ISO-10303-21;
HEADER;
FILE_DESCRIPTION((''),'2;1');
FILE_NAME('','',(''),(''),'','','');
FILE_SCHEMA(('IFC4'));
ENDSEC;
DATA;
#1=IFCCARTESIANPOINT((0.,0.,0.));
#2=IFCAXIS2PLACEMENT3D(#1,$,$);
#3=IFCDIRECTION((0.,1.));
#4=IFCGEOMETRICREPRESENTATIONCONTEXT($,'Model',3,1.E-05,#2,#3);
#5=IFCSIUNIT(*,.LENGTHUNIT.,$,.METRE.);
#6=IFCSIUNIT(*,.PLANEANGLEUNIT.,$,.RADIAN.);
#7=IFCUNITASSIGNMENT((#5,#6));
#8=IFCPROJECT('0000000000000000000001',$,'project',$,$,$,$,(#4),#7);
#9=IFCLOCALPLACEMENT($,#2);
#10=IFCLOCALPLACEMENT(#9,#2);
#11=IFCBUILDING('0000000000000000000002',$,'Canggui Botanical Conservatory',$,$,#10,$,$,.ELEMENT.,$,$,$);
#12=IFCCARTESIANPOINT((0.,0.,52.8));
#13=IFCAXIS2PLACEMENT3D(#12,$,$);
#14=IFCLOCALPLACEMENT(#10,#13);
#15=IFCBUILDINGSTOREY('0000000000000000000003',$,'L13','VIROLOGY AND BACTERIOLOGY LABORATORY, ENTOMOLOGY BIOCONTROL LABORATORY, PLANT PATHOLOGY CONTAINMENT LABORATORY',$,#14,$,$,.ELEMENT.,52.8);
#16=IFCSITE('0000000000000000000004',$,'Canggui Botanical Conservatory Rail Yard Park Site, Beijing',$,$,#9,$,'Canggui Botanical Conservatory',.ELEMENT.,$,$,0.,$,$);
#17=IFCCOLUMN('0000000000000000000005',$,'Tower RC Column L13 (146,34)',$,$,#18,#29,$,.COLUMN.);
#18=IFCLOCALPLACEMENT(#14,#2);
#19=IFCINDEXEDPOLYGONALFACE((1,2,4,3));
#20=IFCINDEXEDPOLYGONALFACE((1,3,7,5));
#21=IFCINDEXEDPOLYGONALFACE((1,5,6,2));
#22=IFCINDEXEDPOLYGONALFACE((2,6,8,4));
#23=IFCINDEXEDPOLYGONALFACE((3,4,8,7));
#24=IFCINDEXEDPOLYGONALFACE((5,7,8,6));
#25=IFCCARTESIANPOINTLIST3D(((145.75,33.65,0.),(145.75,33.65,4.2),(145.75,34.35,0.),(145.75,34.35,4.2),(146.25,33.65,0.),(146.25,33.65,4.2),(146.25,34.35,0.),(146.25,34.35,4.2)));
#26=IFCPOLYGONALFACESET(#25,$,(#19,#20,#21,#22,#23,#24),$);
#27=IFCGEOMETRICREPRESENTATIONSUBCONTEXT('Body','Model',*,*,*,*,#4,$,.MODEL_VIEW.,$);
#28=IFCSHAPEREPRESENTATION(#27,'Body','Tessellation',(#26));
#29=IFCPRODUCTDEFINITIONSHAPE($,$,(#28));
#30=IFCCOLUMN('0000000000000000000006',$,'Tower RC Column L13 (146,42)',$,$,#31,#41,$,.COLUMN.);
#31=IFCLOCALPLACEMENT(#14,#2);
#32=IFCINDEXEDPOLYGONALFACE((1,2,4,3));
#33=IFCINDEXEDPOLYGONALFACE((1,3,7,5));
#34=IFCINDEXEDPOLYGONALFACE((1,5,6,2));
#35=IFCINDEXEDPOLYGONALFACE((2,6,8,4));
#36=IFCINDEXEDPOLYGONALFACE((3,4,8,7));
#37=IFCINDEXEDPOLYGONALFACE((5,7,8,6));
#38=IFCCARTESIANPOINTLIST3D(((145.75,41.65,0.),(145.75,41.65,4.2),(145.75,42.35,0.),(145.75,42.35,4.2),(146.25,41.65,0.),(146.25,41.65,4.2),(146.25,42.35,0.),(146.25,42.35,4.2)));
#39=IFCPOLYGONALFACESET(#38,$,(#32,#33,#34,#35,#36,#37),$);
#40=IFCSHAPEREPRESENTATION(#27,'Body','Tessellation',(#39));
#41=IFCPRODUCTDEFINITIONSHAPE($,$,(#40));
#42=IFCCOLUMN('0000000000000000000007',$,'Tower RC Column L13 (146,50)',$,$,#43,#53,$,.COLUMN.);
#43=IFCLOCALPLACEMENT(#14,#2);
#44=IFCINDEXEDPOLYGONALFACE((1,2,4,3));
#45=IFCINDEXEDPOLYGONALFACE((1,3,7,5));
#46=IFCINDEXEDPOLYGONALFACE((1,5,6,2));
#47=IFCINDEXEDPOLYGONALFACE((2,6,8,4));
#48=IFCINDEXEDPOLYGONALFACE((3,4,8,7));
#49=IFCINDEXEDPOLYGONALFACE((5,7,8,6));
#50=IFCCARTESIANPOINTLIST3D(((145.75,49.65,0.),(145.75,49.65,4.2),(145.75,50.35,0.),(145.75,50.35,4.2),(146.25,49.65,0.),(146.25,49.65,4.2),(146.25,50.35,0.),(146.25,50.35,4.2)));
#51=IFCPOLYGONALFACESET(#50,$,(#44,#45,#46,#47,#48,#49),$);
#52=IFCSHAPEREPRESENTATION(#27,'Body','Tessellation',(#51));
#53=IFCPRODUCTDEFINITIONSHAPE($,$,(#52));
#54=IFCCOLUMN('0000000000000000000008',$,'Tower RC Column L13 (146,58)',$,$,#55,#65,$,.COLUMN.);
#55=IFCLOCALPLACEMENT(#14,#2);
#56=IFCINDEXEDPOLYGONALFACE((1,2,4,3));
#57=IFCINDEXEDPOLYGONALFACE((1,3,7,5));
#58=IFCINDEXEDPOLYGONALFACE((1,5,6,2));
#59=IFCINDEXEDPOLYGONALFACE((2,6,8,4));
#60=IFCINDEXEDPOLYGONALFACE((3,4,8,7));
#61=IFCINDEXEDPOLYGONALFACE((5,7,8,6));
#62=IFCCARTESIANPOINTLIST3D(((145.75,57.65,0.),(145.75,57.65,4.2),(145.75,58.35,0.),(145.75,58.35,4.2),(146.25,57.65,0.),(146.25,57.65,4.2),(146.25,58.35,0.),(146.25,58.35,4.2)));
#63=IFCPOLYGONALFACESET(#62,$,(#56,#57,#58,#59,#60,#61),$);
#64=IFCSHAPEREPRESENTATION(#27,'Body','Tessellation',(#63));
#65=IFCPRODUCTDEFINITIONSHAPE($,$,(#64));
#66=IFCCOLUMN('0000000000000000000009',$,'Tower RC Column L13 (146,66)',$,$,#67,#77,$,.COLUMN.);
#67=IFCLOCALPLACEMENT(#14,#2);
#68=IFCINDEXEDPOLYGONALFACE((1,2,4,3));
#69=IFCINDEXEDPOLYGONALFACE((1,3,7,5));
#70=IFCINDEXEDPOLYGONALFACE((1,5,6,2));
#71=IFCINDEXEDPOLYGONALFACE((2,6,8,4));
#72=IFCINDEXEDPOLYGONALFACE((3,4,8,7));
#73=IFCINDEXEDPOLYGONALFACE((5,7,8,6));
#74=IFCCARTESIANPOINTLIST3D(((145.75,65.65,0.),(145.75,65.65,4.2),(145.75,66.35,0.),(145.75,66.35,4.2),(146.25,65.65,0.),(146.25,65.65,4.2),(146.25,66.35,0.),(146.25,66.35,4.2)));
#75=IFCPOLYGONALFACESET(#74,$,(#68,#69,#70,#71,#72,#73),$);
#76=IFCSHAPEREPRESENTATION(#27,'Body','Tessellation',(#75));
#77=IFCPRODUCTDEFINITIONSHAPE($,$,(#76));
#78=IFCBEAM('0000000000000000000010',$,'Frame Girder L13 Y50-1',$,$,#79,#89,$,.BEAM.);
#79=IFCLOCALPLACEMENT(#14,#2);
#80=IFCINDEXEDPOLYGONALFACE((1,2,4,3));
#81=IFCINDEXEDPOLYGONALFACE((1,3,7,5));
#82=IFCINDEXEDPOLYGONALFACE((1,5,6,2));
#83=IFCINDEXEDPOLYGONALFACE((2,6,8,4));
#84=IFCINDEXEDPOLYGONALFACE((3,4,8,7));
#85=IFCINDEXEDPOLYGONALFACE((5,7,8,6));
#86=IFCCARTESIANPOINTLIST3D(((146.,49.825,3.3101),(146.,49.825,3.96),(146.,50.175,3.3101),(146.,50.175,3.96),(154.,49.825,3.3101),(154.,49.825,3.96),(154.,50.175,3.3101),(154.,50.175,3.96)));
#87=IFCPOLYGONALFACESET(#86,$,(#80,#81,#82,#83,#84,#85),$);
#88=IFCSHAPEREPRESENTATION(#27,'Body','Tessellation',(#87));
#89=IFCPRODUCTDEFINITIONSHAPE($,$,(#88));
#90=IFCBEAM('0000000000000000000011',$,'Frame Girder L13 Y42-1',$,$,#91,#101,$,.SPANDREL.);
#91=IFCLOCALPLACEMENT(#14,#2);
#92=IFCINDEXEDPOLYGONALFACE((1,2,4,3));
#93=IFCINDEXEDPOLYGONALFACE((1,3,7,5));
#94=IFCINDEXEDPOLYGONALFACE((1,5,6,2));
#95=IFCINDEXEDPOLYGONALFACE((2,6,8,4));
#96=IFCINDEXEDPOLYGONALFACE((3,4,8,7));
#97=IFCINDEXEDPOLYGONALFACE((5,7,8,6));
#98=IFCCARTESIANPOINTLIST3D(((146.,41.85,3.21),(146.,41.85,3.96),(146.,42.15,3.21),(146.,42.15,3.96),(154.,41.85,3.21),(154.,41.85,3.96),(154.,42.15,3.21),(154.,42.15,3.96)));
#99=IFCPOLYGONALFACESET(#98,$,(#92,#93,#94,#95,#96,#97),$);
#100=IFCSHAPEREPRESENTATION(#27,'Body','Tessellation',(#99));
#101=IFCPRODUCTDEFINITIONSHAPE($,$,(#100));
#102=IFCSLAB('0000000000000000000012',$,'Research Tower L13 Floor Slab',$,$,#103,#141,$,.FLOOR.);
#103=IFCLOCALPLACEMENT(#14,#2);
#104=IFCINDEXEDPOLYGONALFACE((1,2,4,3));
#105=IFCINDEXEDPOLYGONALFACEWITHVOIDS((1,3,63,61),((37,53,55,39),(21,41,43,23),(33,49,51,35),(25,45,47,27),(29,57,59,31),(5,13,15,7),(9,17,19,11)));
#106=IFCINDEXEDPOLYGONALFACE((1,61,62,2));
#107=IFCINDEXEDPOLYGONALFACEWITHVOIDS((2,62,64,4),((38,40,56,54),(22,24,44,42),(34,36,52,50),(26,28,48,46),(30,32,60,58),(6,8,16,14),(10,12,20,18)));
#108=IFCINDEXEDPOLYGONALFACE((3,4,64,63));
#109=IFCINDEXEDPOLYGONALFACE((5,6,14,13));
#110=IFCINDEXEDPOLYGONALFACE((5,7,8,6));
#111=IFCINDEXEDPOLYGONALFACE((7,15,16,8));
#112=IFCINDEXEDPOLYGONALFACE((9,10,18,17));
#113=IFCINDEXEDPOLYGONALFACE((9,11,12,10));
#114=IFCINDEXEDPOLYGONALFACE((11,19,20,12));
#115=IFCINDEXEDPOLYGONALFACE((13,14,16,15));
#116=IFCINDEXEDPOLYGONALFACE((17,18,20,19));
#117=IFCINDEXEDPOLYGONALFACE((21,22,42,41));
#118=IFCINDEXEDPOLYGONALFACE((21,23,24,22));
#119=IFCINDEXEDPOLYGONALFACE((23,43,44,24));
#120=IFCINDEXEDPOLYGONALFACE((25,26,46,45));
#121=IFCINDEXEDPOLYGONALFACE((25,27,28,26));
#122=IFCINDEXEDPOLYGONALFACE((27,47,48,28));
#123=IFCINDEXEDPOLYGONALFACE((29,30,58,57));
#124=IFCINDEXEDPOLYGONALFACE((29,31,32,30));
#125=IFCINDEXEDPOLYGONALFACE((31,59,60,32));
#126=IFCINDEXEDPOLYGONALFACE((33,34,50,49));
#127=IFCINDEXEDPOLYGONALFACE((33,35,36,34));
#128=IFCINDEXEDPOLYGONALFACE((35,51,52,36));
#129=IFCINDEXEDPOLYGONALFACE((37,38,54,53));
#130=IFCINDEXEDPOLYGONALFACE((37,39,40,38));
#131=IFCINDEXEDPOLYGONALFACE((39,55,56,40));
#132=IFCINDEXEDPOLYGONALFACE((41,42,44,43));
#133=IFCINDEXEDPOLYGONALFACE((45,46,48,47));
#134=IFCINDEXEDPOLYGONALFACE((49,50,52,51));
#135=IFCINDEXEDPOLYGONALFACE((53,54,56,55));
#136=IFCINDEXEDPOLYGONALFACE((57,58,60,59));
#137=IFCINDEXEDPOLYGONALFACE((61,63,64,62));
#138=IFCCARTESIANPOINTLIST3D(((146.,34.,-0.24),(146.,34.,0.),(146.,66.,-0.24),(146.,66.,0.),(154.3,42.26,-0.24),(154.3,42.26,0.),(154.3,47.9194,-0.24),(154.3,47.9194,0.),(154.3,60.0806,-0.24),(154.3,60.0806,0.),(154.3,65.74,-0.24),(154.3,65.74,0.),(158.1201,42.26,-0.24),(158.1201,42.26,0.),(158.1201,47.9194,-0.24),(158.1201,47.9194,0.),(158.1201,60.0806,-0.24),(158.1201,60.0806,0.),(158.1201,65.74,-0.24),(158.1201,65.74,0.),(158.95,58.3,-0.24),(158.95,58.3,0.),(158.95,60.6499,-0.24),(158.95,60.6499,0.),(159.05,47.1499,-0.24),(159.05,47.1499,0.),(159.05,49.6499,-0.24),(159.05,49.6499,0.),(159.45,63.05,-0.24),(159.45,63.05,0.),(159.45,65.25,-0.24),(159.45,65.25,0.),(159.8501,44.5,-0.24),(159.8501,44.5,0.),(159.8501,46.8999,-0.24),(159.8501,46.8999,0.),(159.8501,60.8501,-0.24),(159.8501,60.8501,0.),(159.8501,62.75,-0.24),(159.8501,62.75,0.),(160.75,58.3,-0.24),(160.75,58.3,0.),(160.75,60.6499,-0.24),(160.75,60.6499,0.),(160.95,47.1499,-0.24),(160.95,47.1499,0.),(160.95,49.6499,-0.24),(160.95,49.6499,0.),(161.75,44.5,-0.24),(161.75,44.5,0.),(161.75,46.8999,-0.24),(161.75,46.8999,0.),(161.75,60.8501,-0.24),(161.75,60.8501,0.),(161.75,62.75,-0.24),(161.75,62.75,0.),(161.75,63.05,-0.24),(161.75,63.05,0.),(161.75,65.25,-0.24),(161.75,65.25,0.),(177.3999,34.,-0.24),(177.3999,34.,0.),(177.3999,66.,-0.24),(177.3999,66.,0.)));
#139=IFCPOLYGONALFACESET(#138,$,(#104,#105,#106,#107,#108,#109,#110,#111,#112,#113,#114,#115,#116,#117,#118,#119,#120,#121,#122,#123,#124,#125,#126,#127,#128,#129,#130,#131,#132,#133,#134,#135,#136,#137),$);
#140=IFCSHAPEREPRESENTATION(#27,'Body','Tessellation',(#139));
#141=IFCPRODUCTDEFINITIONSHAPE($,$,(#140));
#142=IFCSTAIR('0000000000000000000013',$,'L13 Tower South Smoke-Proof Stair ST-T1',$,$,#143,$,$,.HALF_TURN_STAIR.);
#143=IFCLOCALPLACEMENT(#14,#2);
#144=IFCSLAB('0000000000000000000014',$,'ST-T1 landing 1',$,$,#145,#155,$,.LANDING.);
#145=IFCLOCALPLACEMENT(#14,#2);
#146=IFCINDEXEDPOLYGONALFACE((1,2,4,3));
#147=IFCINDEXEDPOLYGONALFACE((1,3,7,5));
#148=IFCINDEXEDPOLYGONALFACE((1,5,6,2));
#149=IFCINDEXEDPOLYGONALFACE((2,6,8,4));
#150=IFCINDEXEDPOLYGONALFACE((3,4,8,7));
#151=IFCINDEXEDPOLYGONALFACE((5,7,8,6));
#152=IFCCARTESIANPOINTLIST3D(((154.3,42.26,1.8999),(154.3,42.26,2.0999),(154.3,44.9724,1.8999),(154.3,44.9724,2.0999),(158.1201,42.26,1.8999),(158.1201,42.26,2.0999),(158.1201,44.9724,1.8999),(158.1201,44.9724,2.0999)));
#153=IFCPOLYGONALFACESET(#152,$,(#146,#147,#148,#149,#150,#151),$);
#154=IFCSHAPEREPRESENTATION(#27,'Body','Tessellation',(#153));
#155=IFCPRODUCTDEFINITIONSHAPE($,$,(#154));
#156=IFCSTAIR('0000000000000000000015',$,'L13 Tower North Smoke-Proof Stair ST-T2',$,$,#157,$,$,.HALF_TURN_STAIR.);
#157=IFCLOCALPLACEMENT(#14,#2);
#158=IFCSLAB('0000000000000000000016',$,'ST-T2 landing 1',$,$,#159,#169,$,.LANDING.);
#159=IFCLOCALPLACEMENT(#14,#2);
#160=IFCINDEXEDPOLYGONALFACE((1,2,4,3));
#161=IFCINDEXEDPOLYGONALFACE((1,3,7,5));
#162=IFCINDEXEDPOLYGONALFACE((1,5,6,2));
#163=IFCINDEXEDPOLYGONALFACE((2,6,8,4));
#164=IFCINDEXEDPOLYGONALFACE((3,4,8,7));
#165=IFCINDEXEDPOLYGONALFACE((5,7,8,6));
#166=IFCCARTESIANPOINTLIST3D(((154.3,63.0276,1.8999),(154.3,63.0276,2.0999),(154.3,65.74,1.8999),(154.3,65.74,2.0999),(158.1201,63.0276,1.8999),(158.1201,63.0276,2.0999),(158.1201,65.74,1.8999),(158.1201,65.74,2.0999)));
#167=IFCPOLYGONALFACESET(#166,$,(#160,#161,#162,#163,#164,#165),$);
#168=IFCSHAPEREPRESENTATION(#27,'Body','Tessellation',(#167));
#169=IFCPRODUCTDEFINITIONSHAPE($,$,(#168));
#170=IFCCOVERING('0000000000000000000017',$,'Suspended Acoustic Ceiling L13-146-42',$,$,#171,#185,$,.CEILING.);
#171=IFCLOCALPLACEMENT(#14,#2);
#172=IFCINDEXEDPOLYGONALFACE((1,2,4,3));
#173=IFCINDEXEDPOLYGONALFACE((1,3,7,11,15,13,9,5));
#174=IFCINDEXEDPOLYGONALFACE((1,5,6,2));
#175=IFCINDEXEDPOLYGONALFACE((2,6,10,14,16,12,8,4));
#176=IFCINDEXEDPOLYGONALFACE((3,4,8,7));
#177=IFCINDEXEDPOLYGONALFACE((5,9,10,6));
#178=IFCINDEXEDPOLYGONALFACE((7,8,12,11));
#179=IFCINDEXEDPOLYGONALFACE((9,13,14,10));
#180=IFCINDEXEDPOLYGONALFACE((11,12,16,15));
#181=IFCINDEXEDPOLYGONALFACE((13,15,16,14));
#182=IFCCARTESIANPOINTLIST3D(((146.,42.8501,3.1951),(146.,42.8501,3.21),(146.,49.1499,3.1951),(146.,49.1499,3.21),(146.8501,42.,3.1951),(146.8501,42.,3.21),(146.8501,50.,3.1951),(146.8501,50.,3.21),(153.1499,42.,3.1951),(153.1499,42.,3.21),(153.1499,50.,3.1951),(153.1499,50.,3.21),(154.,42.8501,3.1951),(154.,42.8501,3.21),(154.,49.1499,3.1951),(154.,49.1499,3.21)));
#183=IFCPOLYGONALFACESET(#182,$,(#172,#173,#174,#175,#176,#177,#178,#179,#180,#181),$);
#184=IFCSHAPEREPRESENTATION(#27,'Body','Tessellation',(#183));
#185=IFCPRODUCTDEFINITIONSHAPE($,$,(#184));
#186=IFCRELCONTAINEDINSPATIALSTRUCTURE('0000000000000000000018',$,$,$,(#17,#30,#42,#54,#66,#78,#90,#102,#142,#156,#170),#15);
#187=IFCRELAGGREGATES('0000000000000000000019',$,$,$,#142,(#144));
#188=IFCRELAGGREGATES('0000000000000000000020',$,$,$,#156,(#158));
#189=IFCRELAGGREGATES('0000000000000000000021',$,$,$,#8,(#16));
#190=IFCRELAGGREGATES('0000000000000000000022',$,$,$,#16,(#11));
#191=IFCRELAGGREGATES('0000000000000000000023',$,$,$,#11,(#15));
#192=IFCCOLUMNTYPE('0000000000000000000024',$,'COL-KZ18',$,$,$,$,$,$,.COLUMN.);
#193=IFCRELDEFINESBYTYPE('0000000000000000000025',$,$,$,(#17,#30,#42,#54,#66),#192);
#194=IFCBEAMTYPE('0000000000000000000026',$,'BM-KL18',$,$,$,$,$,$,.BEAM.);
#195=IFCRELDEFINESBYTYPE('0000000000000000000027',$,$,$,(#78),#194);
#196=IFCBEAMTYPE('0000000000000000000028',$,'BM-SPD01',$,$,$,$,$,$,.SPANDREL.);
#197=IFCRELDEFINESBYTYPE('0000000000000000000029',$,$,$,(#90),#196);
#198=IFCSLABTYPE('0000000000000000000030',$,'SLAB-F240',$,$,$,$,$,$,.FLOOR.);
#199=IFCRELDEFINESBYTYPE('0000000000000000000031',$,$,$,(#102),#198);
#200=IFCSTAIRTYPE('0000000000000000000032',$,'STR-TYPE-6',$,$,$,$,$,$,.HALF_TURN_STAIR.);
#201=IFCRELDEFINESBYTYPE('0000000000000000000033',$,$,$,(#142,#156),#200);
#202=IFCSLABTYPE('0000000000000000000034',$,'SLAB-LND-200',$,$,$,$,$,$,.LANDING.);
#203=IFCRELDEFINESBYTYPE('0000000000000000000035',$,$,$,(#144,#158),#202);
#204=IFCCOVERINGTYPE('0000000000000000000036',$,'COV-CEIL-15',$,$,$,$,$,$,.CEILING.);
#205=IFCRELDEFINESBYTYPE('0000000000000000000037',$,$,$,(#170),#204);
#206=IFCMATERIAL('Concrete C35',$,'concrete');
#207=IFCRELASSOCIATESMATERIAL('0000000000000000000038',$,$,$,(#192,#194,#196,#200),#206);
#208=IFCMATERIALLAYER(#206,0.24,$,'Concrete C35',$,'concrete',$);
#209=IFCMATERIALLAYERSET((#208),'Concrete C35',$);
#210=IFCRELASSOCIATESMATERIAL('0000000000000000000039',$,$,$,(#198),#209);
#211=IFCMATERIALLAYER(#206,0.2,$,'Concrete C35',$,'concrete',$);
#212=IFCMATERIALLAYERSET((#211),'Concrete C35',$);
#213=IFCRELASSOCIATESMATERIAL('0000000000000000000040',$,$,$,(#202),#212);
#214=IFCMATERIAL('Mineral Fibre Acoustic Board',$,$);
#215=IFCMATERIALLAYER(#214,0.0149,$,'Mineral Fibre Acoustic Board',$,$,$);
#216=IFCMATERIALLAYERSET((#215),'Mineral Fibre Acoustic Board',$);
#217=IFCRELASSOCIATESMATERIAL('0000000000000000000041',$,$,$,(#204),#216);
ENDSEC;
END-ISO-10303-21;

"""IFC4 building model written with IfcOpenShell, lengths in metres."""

from ifc_helpers import new_model, si_unit, direction, frame, origin, origin_2d, place, context, subcontext, project, spatial, polyline, rectangle, outline, extrude, material, layer, layer_set, material_profile, profile_set, type_object, element, aggregate, save


model = new_model("IFC4")

# Units and contexts
model_context = context("Model", 3, precision=1e-05, world=origin(), true_north=direction((0.0, 1.0)))
body_context = subcontext(model_context, "Body", "Model", "MODEL_VIEW")
ifc_project = project(units=[si_unit("LENGTHUNIT", "METRE"), si_unit("PLANEANGLEUNIT", "RADIAN")], contexts=[model_context])

# Site, building, storey
site_placement = place(None, origin())
site = spatial("IfcSite", under=ifc_project, at=site_placement, Name="Canggui Botanical Conservatory Rail Yard Park Site, Beijing", LongName="Canggui Botanical Conservatory", CompositionType="ELEMENT", RefElevation=0.0)
building_placement = place(site_placement, origin())
building = spatial("IfcBuilding", under=site, at=building_placement, Name="Canggui Botanical Conservatory", CompositionType="ELEMENT")
storey_placement = place(building_placement, frame((0.0, 0.0, 52.8)))
storey = spatial("IfcBuildingStorey", under=building, at=storey_placement, Name="L13", Description="VIROLOGY AND BACTERIOLOGY LABORATORY, ENTOMOLOGY BIOCONTROL LABORATORY, PLANT PATHOLOGY CONTAINMENT LABORATORY", CompositionType="ELEMENT", Elevation=52.8)

# Columns
ifc_material_1 = material(Name="Concrete C35", Category="concrete")
ifc_material_profile_1 = material_profile(ifc_material_1, rectangle(XDim=0.5, YDim=0.7, at=origin_2d()), Name="RC 500x700")
ifc_profile_set_1 = profile_set([ifc_material_profile_1], Name="Concrete C35")
column_type = type_object("IfcColumnType", Name="COL-KZ18", PredefinedType="COLUMN", material=ifc_profile_set_1)
for number, where, z_axis, x_axis, name in (
    (1, (146.0, 34.0, 0.0), (0.0, 0.0, 1.0), (1.0, 0.0, 0.0), "Tower RC Column L13 (146,34)"),
    (2, (146.0, 42.0, 0.0), (0.0, 0.0, 1.0), (1.0, 0.0, 0.0), "Tower RC Column L13 (146,42)"),
    (3, (146.0, 50.0, 0.0), (0.0, 0.0, 1.0), (1.0, 0.0, 0.0), "Tower RC Column L13 (146,50)"),
    (4, (146.0, 58.0, 0.0), (0.0, 0.0, 1.0), (1.0, 0.0, 0.0), "Tower RC Column L13 (146,58)"),
    (5, (146.0, 66.0, 0.0), (0.0, 0.0, 1.0), (1.0, 0.0, 0.0), "Tower RC Column L13 (146,66)"),
):
    element("IfcColumn", number, at=place(storey_placement, frame(where, z_axis=z_axis, x_axis=x_axis)), inside=storey, type_object=column_type, Name=name, PredefinedType="COLUMN", context=body_context, shape_type="SweptSolid", body=[
        extrude(rectangle(XDim=0.5, YDim=0.7, at=origin_2d()), origin(), (0.0, 0.0, 1.0), 4.2),
    ])

# Beams
ifc_material_profile_2 = material_profile(ifc_material_1, rectangle(XDim=0.3501, YDim=0.6499, at=origin_2d()), Name="RB 350x650")
ifc_profile_set_2 = profile_set([ifc_material_profile_2], Name="Concrete C35")
beam_type_1 = type_object("IfcBeamType", Name="BM-KL18", PredefinedType="BEAM", material=ifc_profile_set_2)
beam_1_placement = place(storey_placement, frame((146.0, 50.0, 3.635), z_axis=(1.0, 0.0, 0.0), x_axis=(0.0, 1.0, 0.0)))
element("IfcBeam", 6, at=beam_1_placement, inside=storey, type_object=beam_type_1, Name="Frame Girder L13 Y50-1", PredefinedType="BEAM", context=body_context, shape_type="SweptSolid", body=[
    extrude(rectangle(XDim=0.3501, YDim=0.6499, at=origin_2d()), origin(), (0.0, 0.0, 1.0), 8.0),
])
ifc_material_profile_3 = material_profile(ifc_material_1, rectangle(XDim=0.3, YDim=0.75, at=origin_2d()), Name="RB 300x750")
ifc_profile_set_3 = profile_set([ifc_material_profile_3], Name="Concrete C35")
beam_type_2 = type_object("IfcBeamType", Name="BM-SPD01", PredefinedType="SPANDREL", material=ifc_profile_set_3)
beam_2_placement = place(storey_placement, frame((146.0, 42.0, 3.585), z_axis=(1.0, 0.0, 0.0), x_axis=(0.0, 1.0, 0.0)))
element("IfcBeam", 7, at=beam_2_placement, inside=storey, type_object=beam_type_2, Name="Frame Girder L13 Y42-1", PredefinedType="SPANDREL", context=body_context, shape_type="SweptSolid", body=[
    extrude(rectangle(XDim=0.3, YDim=0.75, at=origin_2d()), origin(), (0.0, 0.0, 1.0), 8.0),
])

# Slab
ifc_layer_1 = layer(ifc_material_1, 0.24, Name="Concrete C35", Category="concrete")
ifc_layer_set_1 = layer_set([ifc_layer_1], Name="Concrete C35")
slab_type_1 = type_object("IfcSlabType", Name="SLAB-F240", PredefinedType="FLOOR", material=ifc_layer_set_1)
slab_1_placement = place(storey_placement, frame((0.0, 0.0, -0.24)))
element("IfcSlab", 8, at=slab_1_placement, inside=storey, type_object=slab_type_1, Name="Research Tower L13 Floor Slab", PredefinedType="FLOOR", context=body_context, shape_type="SweptSolid", body=[
    extrude(outline(polyline([(146.0, 34.0), (177.3999, 34.0), (177.3999, 66.0), (146.0, 66.0), (146.0, 34.0)]), holes=[polyline([(154.3, 47.9194), (154.3, 42.26), (158.1201, 42.26), (158.1201, 47.9194), (154.3, 47.9194)]), polyline([(158.1201, 60.0806), (158.1201, 65.74), (154.3, 65.74), (154.3, 60.0806), (158.1201, 60.0806)]), polyline([(159.05, 47.1499), (160.95, 47.1499), (160.95, 49.6499), (159.05, 49.6499), (159.05, 47.1499)]), polyline([(159.8501, 44.5), (161.75, 44.5), (161.75, 46.8999), (159.8501, 46.8999), (159.8501, 44.5)]), polyline([(158.95, 58.3), (160.75, 58.3), (160.75, 60.6499), (158.95, 60.6499), (158.95, 58.3)]), polyline([(159.8501, 60.8501), (161.75, 60.8501), (161.75, 62.75), (159.8501, 62.75), (159.8501, 60.8501)]), polyline([(159.45, 63.05), (161.75, 63.05), (161.75, 65.25), (159.45, 65.25), (159.45, 63.05)])]), origin(), (0.0, 0.0, 1.0), 0.24),
])

# Stairs, slabs
stair_type = type_object("IfcStairType", Name="STR-TYPE-6", PredefinedType="HALF_TURN_STAIR", material=ifc_material_1)
stair_1_placement = place(storey_placement, origin())
stair_1 = element("IfcStair", 9, at=stair_1_placement, inside=storey, type_object=stair_type, Name="L13 Tower South Smoke-Proof Stair ST-T1", PredefinedType="HALF_TURN_STAIR")
ifc_layer_2 = layer(ifc_material_1, 0.2, Name="Concrete C35", Category="concrete")
ifc_layer_set_2 = layer_set([ifc_layer_2], Name="Concrete C35")
slab_type_2 = type_object("IfcSlabType", Name="SLAB-LND-200", PredefinedType="LANDING", material=ifc_layer_set_2)
slab_2_placement = place(storey_placement, frame((0.0, 0.0, 1.8999)))
slab_2 = element("IfcSlab", 10, at=slab_2_placement, type_object=slab_type_2, Name="ST-T1 landing 1", PredefinedType="LANDING", context=body_context, shape_type="SweptSolid", body=[
    extrude(outline(polyline([(154.3, 44.9724), (154.3, 42.26), (158.1201, 42.26), (158.1201, 44.9724), (154.3, 44.9724)])), origin(), (0.0, 0.0, 1.0), 0.2),
])
aggregate(stair_1, [slab_2])
stair_2_placement = place(storey_placement, origin())
stair_2 = element("IfcStair", 11, at=stair_2_placement, inside=storey, type_object=stair_type, Name="L13 Tower North Smoke-Proof Stair ST-T2", PredefinedType="HALF_TURN_STAIR")
slab_3_placement = place(storey_placement, frame((0.0, 0.0, 1.8999)))
slab_3 = element("IfcSlab", 12, at=slab_3_placement, type_object=slab_type_2, Name="ST-T2 landing 1", PredefinedType="LANDING", context=body_context, shape_type="SweptSolid", body=[
    extrude(outline(polyline([(158.1201, 63.0276), (158.1201, 65.74), (154.3, 65.74), (154.3, 63.0276), (158.1201, 63.0276)])), origin(), (0.0, 0.0, 1.0), 0.2),
])
aggregate(stair_2, [slab_3])

# Covering
ifc_material_2 = material(Name="Mineral Fibre Acoustic Board")
ifc_layer_3 = layer(ifc_material_2, 0.0149, Name="Mineral Fibre Acoustic Board")
ifc_layer_set_3 = layer_set([ifc_layer_3], Name="Mineral Fibre Acoustic Board")
covering_type_1 = type_object("IfcCoveringType", Name="COV-CEIL-15", PredefinedType="CEILING", material=ifc_layer_set_3)
covering_1_placement = place(storey_placement, frame((0.0, 0.0, 3.1951)))
element("IfcCovering", 13, at=covering_1_placement, inside=storey, type_object=covering_type_1, Name="Suspended Acoustic Ceiling L13-146-42", PredefinedType="CEILING", context=body_context, shape_type="SweptSolid", body=[
    extrude(outline(polyline([(146.8501, 42.0), (153.1499, 42.0), (154.0, 42.8501), (154.0, 49.1499), (153.1499, 50.0), (146.8501, 50.0), (146.0, 49.1499), (146.0, 42.8501), (146.8501, 42.0)])), origin(), (0.0, 0.0, 1.0), 0.0149),
])

save(model, "model.ifc")
